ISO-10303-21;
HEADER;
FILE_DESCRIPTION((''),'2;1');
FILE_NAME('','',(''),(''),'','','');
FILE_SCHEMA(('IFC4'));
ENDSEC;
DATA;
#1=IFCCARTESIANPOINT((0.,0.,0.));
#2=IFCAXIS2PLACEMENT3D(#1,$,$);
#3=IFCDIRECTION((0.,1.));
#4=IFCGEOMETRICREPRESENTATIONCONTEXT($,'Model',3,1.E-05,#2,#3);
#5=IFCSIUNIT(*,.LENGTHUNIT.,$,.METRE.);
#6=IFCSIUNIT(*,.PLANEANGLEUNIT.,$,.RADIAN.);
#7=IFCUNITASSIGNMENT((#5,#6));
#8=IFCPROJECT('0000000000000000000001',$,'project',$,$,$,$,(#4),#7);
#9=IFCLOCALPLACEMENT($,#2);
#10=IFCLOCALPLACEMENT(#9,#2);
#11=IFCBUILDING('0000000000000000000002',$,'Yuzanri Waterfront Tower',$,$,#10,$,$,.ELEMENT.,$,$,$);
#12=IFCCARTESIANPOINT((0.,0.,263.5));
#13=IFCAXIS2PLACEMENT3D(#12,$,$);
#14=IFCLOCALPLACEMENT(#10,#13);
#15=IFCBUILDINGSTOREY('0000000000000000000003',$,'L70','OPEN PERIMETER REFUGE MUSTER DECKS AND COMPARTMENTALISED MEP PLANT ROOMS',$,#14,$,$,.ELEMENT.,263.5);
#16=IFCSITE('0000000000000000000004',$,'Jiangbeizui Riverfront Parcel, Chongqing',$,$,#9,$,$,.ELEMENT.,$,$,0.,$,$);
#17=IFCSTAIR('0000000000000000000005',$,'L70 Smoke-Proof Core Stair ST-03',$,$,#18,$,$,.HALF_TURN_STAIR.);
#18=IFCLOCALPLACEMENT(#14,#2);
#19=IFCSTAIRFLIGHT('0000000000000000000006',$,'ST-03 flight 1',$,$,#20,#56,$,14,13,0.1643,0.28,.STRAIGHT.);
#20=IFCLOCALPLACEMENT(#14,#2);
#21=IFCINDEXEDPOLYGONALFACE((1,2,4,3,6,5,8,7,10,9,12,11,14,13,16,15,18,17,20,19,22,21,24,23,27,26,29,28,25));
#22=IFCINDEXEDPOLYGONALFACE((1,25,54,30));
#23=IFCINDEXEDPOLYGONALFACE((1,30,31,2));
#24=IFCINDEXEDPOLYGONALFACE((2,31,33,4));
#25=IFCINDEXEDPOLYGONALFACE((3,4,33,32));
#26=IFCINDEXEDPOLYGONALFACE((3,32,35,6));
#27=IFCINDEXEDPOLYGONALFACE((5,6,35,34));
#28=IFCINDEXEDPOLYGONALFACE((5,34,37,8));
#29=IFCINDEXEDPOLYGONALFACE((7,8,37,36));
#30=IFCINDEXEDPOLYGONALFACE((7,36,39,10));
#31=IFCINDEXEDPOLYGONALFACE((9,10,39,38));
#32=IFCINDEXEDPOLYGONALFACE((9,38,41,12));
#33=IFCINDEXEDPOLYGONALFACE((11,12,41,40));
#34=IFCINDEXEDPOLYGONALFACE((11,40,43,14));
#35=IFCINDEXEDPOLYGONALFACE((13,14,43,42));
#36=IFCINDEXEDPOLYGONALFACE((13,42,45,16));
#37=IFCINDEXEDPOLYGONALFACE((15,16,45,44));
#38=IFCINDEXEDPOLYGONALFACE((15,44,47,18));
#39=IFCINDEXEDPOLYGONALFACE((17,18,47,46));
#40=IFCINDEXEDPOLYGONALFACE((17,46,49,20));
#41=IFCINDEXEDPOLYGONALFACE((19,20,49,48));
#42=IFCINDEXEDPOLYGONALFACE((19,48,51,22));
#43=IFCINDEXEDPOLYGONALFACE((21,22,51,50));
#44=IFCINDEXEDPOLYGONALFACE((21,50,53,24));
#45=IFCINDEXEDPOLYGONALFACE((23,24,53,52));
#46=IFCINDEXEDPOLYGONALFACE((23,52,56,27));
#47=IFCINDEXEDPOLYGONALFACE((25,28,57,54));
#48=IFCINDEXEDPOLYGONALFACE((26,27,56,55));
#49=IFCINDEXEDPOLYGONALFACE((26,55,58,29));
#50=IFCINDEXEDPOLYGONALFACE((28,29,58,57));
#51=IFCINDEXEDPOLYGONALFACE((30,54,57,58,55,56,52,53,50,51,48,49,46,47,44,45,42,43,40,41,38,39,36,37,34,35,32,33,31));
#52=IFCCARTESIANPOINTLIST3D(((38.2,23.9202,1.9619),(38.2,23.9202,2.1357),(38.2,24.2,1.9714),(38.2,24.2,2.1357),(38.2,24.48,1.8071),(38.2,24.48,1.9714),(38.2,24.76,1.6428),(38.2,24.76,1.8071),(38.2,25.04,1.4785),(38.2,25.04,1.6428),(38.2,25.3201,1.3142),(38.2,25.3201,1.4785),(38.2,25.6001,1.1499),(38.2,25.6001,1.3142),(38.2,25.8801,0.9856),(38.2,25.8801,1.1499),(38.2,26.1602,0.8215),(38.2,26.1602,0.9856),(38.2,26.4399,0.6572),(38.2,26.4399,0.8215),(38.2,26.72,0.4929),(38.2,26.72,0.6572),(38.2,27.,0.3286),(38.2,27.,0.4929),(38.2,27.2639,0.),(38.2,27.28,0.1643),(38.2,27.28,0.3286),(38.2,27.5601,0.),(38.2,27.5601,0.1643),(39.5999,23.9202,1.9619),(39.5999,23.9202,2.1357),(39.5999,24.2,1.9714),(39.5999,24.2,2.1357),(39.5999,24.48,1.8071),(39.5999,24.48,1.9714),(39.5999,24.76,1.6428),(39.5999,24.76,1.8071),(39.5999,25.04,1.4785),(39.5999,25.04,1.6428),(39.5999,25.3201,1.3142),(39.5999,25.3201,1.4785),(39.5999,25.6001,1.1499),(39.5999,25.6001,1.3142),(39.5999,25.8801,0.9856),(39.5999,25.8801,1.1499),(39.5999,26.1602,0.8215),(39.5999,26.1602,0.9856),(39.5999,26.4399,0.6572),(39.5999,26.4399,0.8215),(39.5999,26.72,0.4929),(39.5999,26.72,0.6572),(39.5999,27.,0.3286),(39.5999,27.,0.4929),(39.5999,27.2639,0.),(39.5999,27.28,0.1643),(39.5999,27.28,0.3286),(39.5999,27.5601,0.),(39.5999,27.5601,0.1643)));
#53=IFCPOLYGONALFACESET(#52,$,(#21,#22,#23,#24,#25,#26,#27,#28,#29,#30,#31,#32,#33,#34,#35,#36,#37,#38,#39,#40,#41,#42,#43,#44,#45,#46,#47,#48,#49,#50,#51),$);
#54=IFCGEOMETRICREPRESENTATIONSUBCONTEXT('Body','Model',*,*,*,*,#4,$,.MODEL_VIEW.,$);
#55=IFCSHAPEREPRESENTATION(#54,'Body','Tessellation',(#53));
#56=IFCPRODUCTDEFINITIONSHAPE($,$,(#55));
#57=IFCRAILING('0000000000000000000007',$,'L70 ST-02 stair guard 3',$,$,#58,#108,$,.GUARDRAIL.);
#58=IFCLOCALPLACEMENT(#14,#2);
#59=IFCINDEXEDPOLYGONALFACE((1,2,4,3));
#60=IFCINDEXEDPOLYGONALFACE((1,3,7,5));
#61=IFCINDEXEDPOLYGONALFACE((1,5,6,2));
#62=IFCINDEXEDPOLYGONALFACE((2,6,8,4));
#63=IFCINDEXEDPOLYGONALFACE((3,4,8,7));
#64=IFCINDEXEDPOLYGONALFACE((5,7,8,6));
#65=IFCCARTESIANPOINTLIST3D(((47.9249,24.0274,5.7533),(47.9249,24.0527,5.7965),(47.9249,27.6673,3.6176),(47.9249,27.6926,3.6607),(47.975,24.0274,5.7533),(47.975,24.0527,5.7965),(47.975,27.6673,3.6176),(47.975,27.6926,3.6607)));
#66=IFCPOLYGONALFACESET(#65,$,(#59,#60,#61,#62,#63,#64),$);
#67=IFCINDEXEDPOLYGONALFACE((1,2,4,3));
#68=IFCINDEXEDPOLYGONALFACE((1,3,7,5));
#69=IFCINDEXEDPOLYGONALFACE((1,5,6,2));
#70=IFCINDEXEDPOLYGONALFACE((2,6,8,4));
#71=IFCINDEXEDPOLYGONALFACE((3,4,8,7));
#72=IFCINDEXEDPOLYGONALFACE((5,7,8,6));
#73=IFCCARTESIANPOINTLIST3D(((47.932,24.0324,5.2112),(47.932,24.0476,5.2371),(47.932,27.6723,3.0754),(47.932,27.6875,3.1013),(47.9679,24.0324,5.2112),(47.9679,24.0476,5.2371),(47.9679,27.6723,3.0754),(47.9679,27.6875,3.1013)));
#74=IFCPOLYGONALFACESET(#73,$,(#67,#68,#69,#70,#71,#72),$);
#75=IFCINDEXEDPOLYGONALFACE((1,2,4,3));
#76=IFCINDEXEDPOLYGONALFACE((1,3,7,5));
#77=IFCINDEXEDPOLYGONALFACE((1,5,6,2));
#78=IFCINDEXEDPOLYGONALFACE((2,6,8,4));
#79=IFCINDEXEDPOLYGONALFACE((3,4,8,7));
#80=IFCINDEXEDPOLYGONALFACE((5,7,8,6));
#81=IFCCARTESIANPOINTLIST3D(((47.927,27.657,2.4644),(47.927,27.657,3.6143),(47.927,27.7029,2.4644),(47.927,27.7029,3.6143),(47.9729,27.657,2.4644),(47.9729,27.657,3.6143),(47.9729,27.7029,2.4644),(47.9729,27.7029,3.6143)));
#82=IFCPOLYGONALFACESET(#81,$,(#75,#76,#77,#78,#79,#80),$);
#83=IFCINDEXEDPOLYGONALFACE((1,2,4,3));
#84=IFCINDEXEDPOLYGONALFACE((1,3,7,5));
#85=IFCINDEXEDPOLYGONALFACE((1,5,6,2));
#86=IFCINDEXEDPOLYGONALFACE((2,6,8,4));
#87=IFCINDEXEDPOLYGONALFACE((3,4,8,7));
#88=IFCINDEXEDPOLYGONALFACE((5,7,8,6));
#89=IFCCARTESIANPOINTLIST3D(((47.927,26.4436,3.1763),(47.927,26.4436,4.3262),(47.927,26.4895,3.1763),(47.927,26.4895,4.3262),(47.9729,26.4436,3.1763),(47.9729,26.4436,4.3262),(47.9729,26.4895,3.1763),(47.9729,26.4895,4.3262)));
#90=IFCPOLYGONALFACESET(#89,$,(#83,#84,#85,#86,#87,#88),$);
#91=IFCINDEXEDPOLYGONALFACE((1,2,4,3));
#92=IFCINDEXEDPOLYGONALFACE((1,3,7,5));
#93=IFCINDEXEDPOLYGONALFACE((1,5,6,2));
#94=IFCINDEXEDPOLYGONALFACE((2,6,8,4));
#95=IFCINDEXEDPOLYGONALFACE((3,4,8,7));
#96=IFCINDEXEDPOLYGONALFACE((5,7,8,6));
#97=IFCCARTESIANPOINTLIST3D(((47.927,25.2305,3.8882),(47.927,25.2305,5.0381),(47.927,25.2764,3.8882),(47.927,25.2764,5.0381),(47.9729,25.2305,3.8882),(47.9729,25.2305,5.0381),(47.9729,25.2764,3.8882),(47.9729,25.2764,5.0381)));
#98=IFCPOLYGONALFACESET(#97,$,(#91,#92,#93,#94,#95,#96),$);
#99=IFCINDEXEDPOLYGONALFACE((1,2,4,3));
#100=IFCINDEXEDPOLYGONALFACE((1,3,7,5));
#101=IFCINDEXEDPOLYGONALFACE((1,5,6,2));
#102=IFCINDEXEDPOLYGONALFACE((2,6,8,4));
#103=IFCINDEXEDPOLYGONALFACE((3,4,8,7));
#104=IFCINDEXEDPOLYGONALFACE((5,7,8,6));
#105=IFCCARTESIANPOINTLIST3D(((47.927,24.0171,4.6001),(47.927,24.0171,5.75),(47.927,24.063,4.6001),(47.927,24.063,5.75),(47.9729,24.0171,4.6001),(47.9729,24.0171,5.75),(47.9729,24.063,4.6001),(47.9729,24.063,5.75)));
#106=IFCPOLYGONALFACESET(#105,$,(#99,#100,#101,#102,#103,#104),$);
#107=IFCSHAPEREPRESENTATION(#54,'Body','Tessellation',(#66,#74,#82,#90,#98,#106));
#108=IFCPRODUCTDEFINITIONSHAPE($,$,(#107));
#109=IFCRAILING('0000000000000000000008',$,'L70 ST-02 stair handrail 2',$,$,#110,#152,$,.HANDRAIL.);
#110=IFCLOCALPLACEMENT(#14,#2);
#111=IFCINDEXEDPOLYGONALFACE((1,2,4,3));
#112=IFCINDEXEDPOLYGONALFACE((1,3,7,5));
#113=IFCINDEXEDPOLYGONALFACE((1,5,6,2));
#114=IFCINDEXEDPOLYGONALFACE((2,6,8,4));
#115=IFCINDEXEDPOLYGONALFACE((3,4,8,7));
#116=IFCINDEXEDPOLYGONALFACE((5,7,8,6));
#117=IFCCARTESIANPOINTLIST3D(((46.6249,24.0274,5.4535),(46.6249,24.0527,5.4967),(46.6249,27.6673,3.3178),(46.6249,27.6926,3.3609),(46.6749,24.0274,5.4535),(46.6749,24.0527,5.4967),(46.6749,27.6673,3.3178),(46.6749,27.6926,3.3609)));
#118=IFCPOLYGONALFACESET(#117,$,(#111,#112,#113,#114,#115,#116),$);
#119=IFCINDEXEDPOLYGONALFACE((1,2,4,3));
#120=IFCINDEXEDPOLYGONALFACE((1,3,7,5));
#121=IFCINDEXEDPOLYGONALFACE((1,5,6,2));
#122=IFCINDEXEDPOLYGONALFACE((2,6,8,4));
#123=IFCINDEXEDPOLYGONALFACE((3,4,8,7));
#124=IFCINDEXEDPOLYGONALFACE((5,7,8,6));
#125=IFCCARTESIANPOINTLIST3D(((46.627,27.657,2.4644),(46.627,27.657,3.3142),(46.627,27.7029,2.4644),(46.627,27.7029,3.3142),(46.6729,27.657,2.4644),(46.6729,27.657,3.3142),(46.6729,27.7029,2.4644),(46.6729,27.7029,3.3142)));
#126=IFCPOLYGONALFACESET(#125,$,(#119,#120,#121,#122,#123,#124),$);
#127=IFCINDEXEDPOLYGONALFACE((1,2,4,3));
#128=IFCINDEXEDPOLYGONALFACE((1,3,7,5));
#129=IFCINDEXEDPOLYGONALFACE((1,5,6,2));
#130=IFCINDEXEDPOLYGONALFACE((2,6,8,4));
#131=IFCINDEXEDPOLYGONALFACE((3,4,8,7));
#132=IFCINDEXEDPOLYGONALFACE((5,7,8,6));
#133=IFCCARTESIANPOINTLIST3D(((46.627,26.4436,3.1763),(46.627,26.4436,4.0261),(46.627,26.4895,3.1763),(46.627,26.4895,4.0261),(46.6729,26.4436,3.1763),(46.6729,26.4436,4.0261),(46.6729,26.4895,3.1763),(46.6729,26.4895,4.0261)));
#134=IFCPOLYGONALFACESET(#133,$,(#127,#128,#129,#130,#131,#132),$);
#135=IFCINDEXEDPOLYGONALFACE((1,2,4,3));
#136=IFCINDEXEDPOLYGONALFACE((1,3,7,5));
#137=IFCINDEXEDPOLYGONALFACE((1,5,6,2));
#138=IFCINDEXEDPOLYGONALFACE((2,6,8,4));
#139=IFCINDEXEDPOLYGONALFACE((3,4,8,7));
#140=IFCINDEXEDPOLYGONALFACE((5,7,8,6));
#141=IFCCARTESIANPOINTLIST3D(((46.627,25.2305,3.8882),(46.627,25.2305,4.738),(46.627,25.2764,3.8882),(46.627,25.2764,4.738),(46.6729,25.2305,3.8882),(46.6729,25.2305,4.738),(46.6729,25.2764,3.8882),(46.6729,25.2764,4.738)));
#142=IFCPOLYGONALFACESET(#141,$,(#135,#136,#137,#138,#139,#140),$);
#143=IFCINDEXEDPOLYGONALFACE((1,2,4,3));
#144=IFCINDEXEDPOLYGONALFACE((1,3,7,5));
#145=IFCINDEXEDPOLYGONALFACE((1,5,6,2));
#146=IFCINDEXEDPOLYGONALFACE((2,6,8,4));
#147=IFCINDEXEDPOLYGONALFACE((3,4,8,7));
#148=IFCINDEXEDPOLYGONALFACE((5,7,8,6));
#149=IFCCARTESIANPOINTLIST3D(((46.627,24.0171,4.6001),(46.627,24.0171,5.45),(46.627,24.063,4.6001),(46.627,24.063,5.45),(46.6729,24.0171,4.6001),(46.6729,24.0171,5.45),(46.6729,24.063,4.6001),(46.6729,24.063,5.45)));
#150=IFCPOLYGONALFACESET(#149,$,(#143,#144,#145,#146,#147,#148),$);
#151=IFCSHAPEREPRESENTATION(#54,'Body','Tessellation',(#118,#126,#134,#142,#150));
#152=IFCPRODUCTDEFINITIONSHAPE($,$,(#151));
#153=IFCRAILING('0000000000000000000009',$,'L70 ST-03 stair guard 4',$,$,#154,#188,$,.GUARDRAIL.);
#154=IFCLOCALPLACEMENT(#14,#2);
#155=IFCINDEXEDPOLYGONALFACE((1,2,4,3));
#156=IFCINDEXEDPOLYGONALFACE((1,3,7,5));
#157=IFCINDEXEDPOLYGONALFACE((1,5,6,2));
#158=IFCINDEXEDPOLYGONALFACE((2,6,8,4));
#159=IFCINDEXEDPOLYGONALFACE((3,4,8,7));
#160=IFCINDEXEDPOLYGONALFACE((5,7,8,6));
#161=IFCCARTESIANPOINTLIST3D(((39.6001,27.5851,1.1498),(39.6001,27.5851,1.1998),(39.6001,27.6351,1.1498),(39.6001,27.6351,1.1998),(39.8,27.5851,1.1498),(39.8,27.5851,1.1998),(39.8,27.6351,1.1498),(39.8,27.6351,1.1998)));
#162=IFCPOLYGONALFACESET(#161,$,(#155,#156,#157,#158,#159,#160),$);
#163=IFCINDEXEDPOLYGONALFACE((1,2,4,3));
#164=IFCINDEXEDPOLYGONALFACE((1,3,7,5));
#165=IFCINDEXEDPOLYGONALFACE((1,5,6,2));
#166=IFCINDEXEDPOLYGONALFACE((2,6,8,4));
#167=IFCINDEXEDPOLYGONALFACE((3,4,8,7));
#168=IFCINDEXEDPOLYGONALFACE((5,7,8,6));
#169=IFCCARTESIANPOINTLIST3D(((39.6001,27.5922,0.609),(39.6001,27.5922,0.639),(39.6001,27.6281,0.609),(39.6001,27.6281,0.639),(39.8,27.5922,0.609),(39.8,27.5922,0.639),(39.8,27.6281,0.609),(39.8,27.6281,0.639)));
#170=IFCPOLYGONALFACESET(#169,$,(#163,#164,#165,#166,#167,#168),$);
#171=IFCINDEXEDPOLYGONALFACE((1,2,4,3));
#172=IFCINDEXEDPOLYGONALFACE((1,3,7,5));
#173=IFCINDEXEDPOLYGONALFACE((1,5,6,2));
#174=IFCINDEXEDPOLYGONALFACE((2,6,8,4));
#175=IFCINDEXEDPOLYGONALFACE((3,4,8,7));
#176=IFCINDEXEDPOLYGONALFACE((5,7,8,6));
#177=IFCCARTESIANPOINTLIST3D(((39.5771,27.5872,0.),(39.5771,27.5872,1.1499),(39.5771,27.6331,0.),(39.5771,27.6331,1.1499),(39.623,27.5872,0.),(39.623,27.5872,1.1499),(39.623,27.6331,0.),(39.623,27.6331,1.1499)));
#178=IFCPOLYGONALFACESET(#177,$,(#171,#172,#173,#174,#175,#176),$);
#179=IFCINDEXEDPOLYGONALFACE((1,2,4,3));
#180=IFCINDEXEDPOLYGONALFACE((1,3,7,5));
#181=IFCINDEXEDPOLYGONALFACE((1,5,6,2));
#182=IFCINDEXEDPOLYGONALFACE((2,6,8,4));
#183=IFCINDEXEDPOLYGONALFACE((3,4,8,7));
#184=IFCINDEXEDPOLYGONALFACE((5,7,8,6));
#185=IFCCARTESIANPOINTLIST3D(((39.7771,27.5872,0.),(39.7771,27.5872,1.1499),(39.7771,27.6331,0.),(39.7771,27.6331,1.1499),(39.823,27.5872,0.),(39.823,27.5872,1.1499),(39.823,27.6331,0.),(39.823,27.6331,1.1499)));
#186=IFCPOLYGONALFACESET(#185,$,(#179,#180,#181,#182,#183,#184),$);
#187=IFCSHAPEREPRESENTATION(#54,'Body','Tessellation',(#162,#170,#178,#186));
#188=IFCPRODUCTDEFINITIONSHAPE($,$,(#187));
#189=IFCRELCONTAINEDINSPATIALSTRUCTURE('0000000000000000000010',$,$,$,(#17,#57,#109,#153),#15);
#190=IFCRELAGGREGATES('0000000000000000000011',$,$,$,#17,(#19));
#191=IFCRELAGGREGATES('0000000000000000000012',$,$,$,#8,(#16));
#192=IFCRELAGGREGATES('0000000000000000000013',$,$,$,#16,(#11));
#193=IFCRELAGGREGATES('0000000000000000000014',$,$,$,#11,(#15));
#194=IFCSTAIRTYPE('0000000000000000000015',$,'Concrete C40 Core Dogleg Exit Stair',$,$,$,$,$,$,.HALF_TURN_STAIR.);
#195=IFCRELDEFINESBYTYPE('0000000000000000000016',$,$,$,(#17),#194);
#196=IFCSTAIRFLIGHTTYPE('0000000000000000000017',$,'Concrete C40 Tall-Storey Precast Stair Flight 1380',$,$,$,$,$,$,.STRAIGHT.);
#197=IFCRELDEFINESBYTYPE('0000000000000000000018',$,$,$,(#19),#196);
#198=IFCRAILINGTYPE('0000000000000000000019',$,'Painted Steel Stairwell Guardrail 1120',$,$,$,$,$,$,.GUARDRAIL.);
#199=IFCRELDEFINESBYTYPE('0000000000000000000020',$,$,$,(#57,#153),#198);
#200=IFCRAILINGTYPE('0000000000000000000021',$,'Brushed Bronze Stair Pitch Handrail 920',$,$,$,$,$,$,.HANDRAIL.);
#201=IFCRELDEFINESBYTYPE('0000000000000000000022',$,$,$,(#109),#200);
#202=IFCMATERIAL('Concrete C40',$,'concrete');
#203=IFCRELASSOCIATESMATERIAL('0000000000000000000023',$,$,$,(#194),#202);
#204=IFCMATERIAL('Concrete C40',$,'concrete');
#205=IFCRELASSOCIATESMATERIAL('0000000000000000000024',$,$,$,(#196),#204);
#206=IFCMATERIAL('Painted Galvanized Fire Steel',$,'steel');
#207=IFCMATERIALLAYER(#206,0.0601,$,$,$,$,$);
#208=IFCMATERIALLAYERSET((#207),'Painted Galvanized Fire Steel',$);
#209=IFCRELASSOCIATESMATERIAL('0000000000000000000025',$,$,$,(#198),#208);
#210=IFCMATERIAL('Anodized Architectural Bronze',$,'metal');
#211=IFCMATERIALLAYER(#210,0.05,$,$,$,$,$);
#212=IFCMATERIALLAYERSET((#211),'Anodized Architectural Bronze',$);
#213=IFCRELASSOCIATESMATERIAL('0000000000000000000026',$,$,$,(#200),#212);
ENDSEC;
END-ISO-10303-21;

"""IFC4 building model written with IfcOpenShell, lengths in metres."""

from ifc_helpers import new_model, si_unit, direction, frame, origin, origin_2d, place, context, subcontext, project, spatial, polyline, rectangle, outline, extrude, source, transform, mapped, material, layer, layer_set, type_object, element, aggregate, save


model = new_model("IFC4")

# Units and contexts
model_context = context("Model", 3, precision=1e-05, world=origin(), true_north=direction((0.0, 1.0)))
body_context = subcontext(model_context, "Body", "Model", "MODEL_VIEW")
ifc_project = project(units=[si_unit("LENGTHUNIT", "METRE"), si_unit("PLANEANGLEUNIT", "RADIAN")], contexts=[model_context])

# Site, building, storey
site_placement = place(None, origin())
site = spatial("IfcSite", under=ifc_project, at=site_placement, Name="Jiangbeizui Riverfront Parcel, Chongqing", CompositionType="ELEMENT", RefElevation=0.0)
building_placement = place(site_placement, origin())
building = spatial("IfcBuilding", under=site, at=building_placement, Name="Yuzanri Waterfront Tower", CompositionType="ELEMENT")
storey_placement = place(building_placement, frame((0.0, 0.0, 263.5)))
storey = spatial("IfcBuildingStorey", under=building, at=storey_placement, Name="L70", Description="OPEN PERIMETER REFUGE MUSTER DECKS AND COMPARTMENTALISED MEP PLANT ROOMS", CompositionType="ELEMENT", Elevation=263.5)

# Stair, stair flight
ifc_material_1 = material(Name="Concrete C40", Category="concrete")
stair_type = type_object("IfcStairType", Name="Concrete C40 Core Dogleg Exit Stair", PredefinedType="HALF_TURN_STAIR", material=ifc_material_1)
ifc_material_2 = material(Name="Concrete C40", Category="concrete")
stair_flight_type = type_object("IfcStairFlightType", Name="Concrete C40 Tall-Storey Precast Stair Flight 1380", PredefinedType="STRAIGHT", material=ifc_material_2)
shared_shape_1 = source(origin(), body_context, "Body", "SweptSolid", [
    extrude(outline(polyline([(0.0, 0.0), (0.0, 0.1643), (0.28, 0.1643), (0.28, 0.3286), (0.5601, 0.3286), (0.5601, 0.4929), (0.8401, 0.4929), (0.8401, 0.6572), (1.1201, 0.6572), (1.1201, 0.8215), (1.3999, 0.8215), (1.3999, 0.9856), (1.6799, 0.9856), (1.6799, 1.1499), (1.96, 1.1499), (1.96, 1.3142), (2.24, 1.3142), (2.24, 1.4785), (2.52, 1.4785), (2.52, 1.6428), (2.8, 1.6428), (2.8, 1.8071), (3.0801, 1.8071), (3.0801, 1.9714), (3.3601, 1.9714), (3.3601, 2.1357), (3.6399, 2.1357), (3.6399, 2.3), (3.6399, 1.9619), (0.2961, 0.0), (0.0, 0.0)])), frame((0.0, 0.7, 0.0), z_axis=(0.0, -1.0, 0.0), x_axis=(1.0, 0.0, 0.0)), (0.0, 0.0, 1.0), 1.3999),
])
stair_1_placement = place(storey_placement, origin())
stair_1 = element("IfcStair", 1, at=stair_1_placement, inside=storey, type_object=stair_type, Name="L70 Smoke-Proof Core Stair ST-03", PredefinedType="HALF_TURN_STAIR")
stair_flight_1_placement = place(storey_placement, frame((38.8999, 27.5601, 0.0), z_axis=(0.0, 0.0, 1.0), x_axis=(0.0, -1.0, 0.0)))
stair_flight_1 = element("IfcStairFlight", 2, at=stair_flight_1_placement, type_object=stair_flight_type, Name="ST-03 flight 1", NumberOfRisers=14, NumberOfTreads=13, PredefinedType="STRAIGHT", RiserHeight=0.1643, TreadLength=0.28, context=body_context, shape_type="MappedRepresentation", body=[
    mapped(shared_shape_1, transform((0.0, 0.0, 0.0), scale=1.0)),
])
aggregate(stair_1, [stair_flight_1])

# Railings
ifc_material_3 = material(Name="Painted Galvanized Fire Steel", Category="steel")
ifc_layer_1 = layer(ifc_material_3, 0.0601)
ifc_layer_set_1 = layer_set([ifc_layer_1], Name="Painted Galvanized Fire Steel")
railing_type_1 = type_object("IfcRailingType", Name="Painted Steel Stairwell Guardrail 1120", PredefinedType="GUARDRAIL", material=ifc_layer_set_1)
shared_shape_2 = source(origin(), body_context, "Body", "SweptSolid", [
    extrude(rectangle(XDim=0.05, YDim=0.05, at=origin_2d()), frame((0.0, 0.0, 1.1748), z_axis=(0.0, -0.86249, 0.506074), x_axis=(1.0, 0.0, 0.0)), (0.0, 0.0, 1.0), 4.2202),
    extrude(rectangle(XDim=0.0359, YDim=0.03, at=origin_2d()), frame((0.0, 0.0, 0.624), z_axis=(0.0, -0.86249, 0.506074), x_axis=(1.0, 0.0, 0.0)), (0.0, 0.0, 1.0), 4.2202),
    extrude(rectangle(XDim=0.0459, YDim=0.0459, at=origin_2d()), origin(), (0.0, 0.0, 1.0), 1.1499),
    extrude(rectangle(XDim=0.0459, YDim=0.0459, at=origin_2d()), frame((0.0, -1.2134, 0.7119)), (0.0, 0.0, 1.0), 1.1499),
    extrude(rectangle(XDim=0.0459, YDim=0.0459, at=origin_2d()), frame((0.0, -2.4265, 1.4238)), (0.0, 0.0, 1.0), 1.1499),
    extrude(rectangle(XDim=0.0459, YDim=0.0459, at=origin_2d()), frame((0.0, -3.6399, 2.1357)), (0.0, 0.0, 1.0), 1.1499),
])
railing_1_placement = place(storey_placement, frame((47.95, 27.6799, 2.4644)))
element("IfcRailing", 3, at=railing_1_placement, inside=storey, type_object=railing_type_1, Name="L70 ST-02 stair guard 3", PredefinedType="GUARDRAIL", context=body_context, shape_type="MappedRepresentation", body=[
    mapped(shared_shape_2, transform((0.0, 0.0, 0.0), scale=1.0)),
])
ifc_material_4 = material(Name="Anodized Architectural Bronze", Category="metal")
ifc_layer_2 = layer(ifc_material_4, 0.05)
ifc_layer_set_2 = layer_set([ifc_layer_2], Name="Anodized Architectural Bronze")
railing_type_2 = type_object("IfcRailingType", Name="Brushed Bronze Stair Pitch Handrail 920", PredefinedType="HANDRAIL", material=ifc_layer_set_2)
shared_shape_3 = source(origin(), body_context, "Body", "SweptSolid", [
    extrude(rectangle(XDim=0.05, YDim=0.05, at=origin_2d()), frame((0.0, 0.0, 0.875), z_axis=(0.0, -0.86249, 0.506074), x_axis=(1.0, 0.0, 0.0)), (0.0, 0.0, 1.0), 4.2202),
    extrude(rectangle(XDim=0.0459, YDim=0.0459, at=origin_2d()), origin(), (0.0, 0.0, 1.0), 0.8499),
    extrude(rectangle(XDim=0.0459, YDim=0.0459, at=origin_2d()), frame((0.0, -1.2134, 0.7119)), (0.0, 0.0, 1.0), 0.8499),
    extrude(rectangle(XDim=0.0459, YDim=0.0459, at=origin_2d()), frame((0.0, -2.4265, 1.4238)), (0.0, 0.0, 1.0), 0.8499),
    extrude(rectangle(XDim=0.0459, YDim=0.0459, at=origin_2d()), frame((0.0, -3.6399, 2.1357)), (0.0, 0.0, 1.0), 0.8499),
])
railing_2_placement = place(storey_placement, frame((46.6499, 27.6799, 2.4644)))
element("IfcRailing", 4, at=railing_2_placement, inside=storey, type_object=railing_type_2, Name="L70 ST-02 stair handrail 2", PredefinedType="HANDRAIL", context=body_context, shape_type="MappedRepresentation", body=[
    mapped(shared_shape_3, transform((0.0, 0.0, 0.0), scale=1.0)),
])
shared_shape_4 = source(origin(), body_context, "Body", "SweptSolid", [
    extrude(rectangle(XDim=0.05, YDim=0.05, at=origin_2d()), frame((0.0, 0.0, 1.1748), z_axis=(1.0, 0.0, 0.0), x_axis=(0.0, 1.0, 0.0)), (0.0, 0.0, 1.0), 0.2),
    extrude(rectangle(XDim=0.0359, YDim=0.03, at=origin_2d()), frame((0.0, 0.0, 0.624), z_axis=(1.0, 0.0, 0.0), x_axis=(0.0, 1.0, 0.0)), (0.0, 0.0, 1.0), 0.2),
    extrude(rectangle(XDim=0.0459, YDim=0.0459, at=origin_2d()), origin(), (0.0, 0.0, 1.0), 1.1499),
    extrude(rectangle(XDim=0.0459, YDim=0.0459, at=origin_2d()), frame((0.2, 0.0, 0.0)), (0.0, 0.0, 1.0), 1.1499),
])
railing_3_placement = place(storey_placement, frame((39.6001, 27.6101, 0.0)))
element("IfcRailing", 5, at=railing_3_placement, inside=storey, type_object=railing_type_1, Name="L70 ST-03 stair guard 4", PredefinedType="GUARDRAIL", context=body_context, shape_type="MappedRepresentation", body=[
    mapped(shared_shape_4, transform((0.0, 0.0, 0.0), scale=1.0)),
])

save(model, "model.ifc")
